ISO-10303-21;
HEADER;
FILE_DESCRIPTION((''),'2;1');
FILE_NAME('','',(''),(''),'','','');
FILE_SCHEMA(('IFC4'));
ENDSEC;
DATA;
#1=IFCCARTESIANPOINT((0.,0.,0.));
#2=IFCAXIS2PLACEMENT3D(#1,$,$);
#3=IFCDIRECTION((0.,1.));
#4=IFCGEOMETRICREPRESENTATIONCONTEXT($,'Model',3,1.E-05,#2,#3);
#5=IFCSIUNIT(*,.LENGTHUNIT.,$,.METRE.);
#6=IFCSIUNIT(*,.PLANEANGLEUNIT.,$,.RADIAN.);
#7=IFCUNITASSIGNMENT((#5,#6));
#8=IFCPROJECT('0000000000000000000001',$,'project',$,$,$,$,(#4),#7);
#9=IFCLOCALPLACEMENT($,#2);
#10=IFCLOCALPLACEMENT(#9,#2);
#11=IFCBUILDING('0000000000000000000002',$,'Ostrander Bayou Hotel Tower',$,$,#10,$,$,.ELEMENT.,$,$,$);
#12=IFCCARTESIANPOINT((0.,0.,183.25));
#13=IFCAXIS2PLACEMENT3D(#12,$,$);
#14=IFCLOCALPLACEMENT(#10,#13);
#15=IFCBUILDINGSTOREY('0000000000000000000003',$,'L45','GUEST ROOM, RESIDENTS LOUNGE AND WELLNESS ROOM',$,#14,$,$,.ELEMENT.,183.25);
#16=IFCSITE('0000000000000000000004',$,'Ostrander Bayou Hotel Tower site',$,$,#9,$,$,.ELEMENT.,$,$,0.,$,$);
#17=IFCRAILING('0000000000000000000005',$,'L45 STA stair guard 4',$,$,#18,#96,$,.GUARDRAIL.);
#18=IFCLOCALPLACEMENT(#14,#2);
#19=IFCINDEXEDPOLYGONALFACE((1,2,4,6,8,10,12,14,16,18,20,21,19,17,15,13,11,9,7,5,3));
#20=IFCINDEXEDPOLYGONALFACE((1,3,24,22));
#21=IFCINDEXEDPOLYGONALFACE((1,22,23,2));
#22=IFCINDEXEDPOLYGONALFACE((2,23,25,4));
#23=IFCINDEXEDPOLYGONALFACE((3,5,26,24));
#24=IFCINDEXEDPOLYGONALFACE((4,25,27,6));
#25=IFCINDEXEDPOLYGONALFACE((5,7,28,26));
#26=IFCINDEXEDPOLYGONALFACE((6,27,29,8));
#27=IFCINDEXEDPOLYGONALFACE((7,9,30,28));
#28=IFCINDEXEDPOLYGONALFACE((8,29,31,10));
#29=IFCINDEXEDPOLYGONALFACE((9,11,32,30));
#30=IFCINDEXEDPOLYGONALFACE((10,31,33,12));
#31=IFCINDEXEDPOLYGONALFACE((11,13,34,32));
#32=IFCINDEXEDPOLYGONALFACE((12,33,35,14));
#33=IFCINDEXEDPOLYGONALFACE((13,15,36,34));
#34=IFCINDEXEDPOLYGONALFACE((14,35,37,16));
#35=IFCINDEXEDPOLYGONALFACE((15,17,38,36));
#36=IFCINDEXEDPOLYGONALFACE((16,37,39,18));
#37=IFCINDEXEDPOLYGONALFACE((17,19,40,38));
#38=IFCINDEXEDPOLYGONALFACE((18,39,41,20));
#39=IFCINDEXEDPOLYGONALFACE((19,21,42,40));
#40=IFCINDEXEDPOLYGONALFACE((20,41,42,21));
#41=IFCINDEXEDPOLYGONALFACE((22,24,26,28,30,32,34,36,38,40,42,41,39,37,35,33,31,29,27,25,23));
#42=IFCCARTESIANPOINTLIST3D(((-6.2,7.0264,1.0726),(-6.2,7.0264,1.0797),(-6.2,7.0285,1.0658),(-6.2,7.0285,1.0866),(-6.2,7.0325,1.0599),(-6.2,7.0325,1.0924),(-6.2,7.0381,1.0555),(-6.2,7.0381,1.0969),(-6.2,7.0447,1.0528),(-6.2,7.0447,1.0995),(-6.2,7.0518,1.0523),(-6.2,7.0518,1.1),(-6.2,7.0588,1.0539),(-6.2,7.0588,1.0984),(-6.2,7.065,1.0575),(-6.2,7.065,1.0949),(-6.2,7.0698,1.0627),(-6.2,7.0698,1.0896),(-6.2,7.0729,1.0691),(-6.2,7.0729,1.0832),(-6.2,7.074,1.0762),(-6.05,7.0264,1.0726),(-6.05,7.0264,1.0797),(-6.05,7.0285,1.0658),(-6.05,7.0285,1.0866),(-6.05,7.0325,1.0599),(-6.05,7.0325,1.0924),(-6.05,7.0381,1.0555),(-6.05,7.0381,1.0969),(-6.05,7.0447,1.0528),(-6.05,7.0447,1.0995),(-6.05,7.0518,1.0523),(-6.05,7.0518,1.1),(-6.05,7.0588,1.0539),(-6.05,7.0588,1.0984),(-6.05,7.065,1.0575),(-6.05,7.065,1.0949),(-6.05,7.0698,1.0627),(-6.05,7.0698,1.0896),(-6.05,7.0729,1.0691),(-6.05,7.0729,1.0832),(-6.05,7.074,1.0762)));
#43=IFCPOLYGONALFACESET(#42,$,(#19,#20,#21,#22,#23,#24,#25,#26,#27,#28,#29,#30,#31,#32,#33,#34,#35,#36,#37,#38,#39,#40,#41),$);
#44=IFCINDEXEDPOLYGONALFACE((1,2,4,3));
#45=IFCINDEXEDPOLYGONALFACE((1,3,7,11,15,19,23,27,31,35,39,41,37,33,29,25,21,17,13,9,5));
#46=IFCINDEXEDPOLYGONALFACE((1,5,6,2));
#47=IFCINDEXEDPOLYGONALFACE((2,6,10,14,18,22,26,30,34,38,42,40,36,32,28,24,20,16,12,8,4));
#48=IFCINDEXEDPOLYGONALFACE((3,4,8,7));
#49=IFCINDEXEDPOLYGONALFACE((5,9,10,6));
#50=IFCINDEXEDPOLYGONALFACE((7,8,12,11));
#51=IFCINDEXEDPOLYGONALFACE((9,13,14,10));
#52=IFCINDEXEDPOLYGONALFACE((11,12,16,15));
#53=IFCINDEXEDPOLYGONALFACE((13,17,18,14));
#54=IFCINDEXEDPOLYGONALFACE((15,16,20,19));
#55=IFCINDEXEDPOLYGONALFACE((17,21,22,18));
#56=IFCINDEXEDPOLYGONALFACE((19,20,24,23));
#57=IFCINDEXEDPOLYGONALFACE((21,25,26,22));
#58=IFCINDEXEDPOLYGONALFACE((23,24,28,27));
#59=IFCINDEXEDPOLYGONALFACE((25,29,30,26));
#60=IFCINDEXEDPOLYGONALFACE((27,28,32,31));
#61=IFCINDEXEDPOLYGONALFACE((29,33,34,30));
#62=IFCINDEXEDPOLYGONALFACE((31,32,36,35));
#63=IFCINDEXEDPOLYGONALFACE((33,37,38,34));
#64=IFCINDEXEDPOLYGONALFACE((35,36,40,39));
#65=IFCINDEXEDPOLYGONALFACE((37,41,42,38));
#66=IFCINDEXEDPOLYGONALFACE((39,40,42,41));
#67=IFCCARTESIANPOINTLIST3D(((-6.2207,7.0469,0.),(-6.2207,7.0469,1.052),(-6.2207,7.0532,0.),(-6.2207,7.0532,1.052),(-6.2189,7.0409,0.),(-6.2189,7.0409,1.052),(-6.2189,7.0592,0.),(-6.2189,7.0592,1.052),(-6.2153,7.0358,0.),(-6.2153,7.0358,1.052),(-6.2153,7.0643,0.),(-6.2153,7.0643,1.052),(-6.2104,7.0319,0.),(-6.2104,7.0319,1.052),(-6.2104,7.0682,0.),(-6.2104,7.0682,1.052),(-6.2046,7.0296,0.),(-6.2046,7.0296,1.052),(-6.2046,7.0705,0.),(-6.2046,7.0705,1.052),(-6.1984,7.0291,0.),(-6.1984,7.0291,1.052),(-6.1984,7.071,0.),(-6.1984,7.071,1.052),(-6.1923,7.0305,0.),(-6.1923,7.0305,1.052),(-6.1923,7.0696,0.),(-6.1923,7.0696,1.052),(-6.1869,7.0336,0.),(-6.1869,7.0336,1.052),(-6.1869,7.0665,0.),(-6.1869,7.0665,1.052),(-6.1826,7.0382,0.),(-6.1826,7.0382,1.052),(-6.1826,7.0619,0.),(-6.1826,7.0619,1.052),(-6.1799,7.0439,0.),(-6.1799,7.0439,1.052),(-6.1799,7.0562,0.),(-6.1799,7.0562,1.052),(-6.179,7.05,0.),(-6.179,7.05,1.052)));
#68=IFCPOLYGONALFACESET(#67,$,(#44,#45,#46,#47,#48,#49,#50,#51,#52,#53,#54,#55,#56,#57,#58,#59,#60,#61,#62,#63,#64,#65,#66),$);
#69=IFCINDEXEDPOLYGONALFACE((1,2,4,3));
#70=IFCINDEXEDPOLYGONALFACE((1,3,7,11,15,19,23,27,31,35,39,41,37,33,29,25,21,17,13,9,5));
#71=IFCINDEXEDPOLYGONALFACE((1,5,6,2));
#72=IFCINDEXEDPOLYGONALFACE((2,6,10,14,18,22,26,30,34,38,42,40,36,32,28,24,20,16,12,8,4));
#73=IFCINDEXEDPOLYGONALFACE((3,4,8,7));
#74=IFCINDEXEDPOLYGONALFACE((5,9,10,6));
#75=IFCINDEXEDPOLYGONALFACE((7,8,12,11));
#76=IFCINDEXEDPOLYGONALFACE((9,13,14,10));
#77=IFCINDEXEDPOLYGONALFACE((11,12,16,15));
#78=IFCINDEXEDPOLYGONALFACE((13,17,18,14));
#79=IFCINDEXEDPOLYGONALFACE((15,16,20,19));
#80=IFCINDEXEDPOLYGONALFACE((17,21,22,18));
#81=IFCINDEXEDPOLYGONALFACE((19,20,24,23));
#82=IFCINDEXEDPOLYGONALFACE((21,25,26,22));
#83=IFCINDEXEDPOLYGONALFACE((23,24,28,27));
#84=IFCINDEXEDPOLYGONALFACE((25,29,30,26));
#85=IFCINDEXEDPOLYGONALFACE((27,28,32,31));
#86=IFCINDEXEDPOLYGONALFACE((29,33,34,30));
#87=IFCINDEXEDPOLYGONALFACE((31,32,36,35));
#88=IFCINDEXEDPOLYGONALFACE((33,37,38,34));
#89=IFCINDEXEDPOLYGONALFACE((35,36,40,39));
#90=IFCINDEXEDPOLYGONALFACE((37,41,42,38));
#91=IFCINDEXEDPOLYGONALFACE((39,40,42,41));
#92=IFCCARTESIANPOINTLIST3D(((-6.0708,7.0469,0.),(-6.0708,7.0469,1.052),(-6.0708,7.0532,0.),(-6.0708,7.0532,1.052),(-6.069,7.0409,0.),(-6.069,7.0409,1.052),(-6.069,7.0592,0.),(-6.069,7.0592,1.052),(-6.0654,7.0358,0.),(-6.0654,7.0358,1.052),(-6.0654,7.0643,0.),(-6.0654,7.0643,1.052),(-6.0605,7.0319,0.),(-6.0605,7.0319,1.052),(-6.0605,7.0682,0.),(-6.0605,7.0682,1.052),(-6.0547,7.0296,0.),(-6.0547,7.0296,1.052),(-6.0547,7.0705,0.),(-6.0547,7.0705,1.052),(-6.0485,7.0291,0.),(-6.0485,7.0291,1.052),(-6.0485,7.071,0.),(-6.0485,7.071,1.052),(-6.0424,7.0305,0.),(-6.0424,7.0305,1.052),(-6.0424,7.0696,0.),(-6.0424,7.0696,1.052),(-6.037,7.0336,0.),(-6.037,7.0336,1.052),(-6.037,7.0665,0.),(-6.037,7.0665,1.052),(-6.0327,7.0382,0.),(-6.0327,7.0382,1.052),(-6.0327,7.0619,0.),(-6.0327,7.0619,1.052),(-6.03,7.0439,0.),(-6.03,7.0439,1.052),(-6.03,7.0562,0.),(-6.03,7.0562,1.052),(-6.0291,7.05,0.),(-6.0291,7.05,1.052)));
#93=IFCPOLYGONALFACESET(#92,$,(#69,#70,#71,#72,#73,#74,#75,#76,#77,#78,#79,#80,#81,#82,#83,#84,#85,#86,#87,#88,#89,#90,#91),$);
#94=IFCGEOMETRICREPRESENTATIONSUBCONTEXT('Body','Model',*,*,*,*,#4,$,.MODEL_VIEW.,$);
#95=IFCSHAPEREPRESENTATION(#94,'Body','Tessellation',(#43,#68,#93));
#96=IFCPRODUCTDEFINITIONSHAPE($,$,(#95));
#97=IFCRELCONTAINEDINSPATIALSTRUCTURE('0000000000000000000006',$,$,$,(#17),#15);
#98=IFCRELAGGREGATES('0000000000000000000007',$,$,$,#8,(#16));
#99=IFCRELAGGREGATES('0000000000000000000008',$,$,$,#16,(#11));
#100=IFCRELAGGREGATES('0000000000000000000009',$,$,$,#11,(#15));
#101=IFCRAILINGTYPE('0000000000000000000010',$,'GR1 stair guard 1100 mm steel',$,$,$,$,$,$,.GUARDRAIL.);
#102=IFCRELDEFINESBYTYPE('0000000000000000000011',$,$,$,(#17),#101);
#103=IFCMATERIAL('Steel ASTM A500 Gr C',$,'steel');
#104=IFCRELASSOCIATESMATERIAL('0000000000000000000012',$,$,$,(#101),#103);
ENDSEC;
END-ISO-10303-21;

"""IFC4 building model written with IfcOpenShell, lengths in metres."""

from ifc_helpers import new_model, si_unit, direction, frame, origin, origin_2d, place, context, subcontext, project, spatial, circle, extrude, material, type_object, element, save


model = new_model("IFC4")

# Units and contexts
model_context = context("Model", 3, precision=1e-05, world=origin(), true_north=direction((0.0, 1.0)))
body_context = subcontext(model_context, "Body", "Model", "MODEL_VIEW")
ifc_project = project(units=[si_unit("LENGTHUNIT", "METRE"), si_unit("PLANEANGLEUNIT", "RADIAN")], contexts=[model_context])

# Site, building, storey
site_placement = place(None, origin())
site = spatial("IfcSite", under=ifc_project, at=site_placement, Name="Ostrander Bayou Hotel Tower site", CompositionType="ELEMENT", RefElevation=0.0)
building_placement = place(site_placement, origin())
building = spatial("IfcBuilding", under=site, at=building_placement, Name="Ostrander Bayou Hotel Tower", CompositionType="ELEMENT")
storey_placement = place(building_placement, frame((0.0, 0.0, 183.25)))
storey = spatial("IfcBuildingStorey", under=building, at=storey_placement, Name="L45", Description="GUEST ROOM, RESIDENTS LOUNGE AND WELLNESS ROOM", CompositionType="ELEMENT", Elevation=183.25)

# Railing
ifc_material_1 = material(Name="Steel ASTM A500 Gr C", Category="steel")
railing_type_1 = type_object("IfcRailingType", Name="GR1 stair guard 1100 mm steel", PredefinedType="GUARDRAIL", material=ifc_material_1)
railing_1_placement = place(storey_placement, frame((-6.2, 7.05, 0.0)))
element("IfcRailing", 1, at=railing_1_placement, inside=storey, type_object=railing_type_1, Name="L45 STA stair guard 4", PredefinedType="GUARDRAIL", context=body_context, shape_type="SweptSolid", body=[
    extrude(circle(Radius=0.0239, at=origin_2d()), frame((0.0, 0.0, 1.0762), z_axis=(1.0, 0.0, 0.0), x_axis=(0.0, 1.0, 0.0)), (0.0, 0.0, 1.0), 0.1499),
    extrude(circle(Radius=0.021, at=origin_2d()), origin(), (0.0, 0.0, 1.0), 1.052),
    extrude(circle(Radius=0.021, at=origin_2d()), frame((0.1499, 0.0, 0.0)), (0.0, 0.0, 1.0), 1.052),
])

save(model, "model.ifc")
